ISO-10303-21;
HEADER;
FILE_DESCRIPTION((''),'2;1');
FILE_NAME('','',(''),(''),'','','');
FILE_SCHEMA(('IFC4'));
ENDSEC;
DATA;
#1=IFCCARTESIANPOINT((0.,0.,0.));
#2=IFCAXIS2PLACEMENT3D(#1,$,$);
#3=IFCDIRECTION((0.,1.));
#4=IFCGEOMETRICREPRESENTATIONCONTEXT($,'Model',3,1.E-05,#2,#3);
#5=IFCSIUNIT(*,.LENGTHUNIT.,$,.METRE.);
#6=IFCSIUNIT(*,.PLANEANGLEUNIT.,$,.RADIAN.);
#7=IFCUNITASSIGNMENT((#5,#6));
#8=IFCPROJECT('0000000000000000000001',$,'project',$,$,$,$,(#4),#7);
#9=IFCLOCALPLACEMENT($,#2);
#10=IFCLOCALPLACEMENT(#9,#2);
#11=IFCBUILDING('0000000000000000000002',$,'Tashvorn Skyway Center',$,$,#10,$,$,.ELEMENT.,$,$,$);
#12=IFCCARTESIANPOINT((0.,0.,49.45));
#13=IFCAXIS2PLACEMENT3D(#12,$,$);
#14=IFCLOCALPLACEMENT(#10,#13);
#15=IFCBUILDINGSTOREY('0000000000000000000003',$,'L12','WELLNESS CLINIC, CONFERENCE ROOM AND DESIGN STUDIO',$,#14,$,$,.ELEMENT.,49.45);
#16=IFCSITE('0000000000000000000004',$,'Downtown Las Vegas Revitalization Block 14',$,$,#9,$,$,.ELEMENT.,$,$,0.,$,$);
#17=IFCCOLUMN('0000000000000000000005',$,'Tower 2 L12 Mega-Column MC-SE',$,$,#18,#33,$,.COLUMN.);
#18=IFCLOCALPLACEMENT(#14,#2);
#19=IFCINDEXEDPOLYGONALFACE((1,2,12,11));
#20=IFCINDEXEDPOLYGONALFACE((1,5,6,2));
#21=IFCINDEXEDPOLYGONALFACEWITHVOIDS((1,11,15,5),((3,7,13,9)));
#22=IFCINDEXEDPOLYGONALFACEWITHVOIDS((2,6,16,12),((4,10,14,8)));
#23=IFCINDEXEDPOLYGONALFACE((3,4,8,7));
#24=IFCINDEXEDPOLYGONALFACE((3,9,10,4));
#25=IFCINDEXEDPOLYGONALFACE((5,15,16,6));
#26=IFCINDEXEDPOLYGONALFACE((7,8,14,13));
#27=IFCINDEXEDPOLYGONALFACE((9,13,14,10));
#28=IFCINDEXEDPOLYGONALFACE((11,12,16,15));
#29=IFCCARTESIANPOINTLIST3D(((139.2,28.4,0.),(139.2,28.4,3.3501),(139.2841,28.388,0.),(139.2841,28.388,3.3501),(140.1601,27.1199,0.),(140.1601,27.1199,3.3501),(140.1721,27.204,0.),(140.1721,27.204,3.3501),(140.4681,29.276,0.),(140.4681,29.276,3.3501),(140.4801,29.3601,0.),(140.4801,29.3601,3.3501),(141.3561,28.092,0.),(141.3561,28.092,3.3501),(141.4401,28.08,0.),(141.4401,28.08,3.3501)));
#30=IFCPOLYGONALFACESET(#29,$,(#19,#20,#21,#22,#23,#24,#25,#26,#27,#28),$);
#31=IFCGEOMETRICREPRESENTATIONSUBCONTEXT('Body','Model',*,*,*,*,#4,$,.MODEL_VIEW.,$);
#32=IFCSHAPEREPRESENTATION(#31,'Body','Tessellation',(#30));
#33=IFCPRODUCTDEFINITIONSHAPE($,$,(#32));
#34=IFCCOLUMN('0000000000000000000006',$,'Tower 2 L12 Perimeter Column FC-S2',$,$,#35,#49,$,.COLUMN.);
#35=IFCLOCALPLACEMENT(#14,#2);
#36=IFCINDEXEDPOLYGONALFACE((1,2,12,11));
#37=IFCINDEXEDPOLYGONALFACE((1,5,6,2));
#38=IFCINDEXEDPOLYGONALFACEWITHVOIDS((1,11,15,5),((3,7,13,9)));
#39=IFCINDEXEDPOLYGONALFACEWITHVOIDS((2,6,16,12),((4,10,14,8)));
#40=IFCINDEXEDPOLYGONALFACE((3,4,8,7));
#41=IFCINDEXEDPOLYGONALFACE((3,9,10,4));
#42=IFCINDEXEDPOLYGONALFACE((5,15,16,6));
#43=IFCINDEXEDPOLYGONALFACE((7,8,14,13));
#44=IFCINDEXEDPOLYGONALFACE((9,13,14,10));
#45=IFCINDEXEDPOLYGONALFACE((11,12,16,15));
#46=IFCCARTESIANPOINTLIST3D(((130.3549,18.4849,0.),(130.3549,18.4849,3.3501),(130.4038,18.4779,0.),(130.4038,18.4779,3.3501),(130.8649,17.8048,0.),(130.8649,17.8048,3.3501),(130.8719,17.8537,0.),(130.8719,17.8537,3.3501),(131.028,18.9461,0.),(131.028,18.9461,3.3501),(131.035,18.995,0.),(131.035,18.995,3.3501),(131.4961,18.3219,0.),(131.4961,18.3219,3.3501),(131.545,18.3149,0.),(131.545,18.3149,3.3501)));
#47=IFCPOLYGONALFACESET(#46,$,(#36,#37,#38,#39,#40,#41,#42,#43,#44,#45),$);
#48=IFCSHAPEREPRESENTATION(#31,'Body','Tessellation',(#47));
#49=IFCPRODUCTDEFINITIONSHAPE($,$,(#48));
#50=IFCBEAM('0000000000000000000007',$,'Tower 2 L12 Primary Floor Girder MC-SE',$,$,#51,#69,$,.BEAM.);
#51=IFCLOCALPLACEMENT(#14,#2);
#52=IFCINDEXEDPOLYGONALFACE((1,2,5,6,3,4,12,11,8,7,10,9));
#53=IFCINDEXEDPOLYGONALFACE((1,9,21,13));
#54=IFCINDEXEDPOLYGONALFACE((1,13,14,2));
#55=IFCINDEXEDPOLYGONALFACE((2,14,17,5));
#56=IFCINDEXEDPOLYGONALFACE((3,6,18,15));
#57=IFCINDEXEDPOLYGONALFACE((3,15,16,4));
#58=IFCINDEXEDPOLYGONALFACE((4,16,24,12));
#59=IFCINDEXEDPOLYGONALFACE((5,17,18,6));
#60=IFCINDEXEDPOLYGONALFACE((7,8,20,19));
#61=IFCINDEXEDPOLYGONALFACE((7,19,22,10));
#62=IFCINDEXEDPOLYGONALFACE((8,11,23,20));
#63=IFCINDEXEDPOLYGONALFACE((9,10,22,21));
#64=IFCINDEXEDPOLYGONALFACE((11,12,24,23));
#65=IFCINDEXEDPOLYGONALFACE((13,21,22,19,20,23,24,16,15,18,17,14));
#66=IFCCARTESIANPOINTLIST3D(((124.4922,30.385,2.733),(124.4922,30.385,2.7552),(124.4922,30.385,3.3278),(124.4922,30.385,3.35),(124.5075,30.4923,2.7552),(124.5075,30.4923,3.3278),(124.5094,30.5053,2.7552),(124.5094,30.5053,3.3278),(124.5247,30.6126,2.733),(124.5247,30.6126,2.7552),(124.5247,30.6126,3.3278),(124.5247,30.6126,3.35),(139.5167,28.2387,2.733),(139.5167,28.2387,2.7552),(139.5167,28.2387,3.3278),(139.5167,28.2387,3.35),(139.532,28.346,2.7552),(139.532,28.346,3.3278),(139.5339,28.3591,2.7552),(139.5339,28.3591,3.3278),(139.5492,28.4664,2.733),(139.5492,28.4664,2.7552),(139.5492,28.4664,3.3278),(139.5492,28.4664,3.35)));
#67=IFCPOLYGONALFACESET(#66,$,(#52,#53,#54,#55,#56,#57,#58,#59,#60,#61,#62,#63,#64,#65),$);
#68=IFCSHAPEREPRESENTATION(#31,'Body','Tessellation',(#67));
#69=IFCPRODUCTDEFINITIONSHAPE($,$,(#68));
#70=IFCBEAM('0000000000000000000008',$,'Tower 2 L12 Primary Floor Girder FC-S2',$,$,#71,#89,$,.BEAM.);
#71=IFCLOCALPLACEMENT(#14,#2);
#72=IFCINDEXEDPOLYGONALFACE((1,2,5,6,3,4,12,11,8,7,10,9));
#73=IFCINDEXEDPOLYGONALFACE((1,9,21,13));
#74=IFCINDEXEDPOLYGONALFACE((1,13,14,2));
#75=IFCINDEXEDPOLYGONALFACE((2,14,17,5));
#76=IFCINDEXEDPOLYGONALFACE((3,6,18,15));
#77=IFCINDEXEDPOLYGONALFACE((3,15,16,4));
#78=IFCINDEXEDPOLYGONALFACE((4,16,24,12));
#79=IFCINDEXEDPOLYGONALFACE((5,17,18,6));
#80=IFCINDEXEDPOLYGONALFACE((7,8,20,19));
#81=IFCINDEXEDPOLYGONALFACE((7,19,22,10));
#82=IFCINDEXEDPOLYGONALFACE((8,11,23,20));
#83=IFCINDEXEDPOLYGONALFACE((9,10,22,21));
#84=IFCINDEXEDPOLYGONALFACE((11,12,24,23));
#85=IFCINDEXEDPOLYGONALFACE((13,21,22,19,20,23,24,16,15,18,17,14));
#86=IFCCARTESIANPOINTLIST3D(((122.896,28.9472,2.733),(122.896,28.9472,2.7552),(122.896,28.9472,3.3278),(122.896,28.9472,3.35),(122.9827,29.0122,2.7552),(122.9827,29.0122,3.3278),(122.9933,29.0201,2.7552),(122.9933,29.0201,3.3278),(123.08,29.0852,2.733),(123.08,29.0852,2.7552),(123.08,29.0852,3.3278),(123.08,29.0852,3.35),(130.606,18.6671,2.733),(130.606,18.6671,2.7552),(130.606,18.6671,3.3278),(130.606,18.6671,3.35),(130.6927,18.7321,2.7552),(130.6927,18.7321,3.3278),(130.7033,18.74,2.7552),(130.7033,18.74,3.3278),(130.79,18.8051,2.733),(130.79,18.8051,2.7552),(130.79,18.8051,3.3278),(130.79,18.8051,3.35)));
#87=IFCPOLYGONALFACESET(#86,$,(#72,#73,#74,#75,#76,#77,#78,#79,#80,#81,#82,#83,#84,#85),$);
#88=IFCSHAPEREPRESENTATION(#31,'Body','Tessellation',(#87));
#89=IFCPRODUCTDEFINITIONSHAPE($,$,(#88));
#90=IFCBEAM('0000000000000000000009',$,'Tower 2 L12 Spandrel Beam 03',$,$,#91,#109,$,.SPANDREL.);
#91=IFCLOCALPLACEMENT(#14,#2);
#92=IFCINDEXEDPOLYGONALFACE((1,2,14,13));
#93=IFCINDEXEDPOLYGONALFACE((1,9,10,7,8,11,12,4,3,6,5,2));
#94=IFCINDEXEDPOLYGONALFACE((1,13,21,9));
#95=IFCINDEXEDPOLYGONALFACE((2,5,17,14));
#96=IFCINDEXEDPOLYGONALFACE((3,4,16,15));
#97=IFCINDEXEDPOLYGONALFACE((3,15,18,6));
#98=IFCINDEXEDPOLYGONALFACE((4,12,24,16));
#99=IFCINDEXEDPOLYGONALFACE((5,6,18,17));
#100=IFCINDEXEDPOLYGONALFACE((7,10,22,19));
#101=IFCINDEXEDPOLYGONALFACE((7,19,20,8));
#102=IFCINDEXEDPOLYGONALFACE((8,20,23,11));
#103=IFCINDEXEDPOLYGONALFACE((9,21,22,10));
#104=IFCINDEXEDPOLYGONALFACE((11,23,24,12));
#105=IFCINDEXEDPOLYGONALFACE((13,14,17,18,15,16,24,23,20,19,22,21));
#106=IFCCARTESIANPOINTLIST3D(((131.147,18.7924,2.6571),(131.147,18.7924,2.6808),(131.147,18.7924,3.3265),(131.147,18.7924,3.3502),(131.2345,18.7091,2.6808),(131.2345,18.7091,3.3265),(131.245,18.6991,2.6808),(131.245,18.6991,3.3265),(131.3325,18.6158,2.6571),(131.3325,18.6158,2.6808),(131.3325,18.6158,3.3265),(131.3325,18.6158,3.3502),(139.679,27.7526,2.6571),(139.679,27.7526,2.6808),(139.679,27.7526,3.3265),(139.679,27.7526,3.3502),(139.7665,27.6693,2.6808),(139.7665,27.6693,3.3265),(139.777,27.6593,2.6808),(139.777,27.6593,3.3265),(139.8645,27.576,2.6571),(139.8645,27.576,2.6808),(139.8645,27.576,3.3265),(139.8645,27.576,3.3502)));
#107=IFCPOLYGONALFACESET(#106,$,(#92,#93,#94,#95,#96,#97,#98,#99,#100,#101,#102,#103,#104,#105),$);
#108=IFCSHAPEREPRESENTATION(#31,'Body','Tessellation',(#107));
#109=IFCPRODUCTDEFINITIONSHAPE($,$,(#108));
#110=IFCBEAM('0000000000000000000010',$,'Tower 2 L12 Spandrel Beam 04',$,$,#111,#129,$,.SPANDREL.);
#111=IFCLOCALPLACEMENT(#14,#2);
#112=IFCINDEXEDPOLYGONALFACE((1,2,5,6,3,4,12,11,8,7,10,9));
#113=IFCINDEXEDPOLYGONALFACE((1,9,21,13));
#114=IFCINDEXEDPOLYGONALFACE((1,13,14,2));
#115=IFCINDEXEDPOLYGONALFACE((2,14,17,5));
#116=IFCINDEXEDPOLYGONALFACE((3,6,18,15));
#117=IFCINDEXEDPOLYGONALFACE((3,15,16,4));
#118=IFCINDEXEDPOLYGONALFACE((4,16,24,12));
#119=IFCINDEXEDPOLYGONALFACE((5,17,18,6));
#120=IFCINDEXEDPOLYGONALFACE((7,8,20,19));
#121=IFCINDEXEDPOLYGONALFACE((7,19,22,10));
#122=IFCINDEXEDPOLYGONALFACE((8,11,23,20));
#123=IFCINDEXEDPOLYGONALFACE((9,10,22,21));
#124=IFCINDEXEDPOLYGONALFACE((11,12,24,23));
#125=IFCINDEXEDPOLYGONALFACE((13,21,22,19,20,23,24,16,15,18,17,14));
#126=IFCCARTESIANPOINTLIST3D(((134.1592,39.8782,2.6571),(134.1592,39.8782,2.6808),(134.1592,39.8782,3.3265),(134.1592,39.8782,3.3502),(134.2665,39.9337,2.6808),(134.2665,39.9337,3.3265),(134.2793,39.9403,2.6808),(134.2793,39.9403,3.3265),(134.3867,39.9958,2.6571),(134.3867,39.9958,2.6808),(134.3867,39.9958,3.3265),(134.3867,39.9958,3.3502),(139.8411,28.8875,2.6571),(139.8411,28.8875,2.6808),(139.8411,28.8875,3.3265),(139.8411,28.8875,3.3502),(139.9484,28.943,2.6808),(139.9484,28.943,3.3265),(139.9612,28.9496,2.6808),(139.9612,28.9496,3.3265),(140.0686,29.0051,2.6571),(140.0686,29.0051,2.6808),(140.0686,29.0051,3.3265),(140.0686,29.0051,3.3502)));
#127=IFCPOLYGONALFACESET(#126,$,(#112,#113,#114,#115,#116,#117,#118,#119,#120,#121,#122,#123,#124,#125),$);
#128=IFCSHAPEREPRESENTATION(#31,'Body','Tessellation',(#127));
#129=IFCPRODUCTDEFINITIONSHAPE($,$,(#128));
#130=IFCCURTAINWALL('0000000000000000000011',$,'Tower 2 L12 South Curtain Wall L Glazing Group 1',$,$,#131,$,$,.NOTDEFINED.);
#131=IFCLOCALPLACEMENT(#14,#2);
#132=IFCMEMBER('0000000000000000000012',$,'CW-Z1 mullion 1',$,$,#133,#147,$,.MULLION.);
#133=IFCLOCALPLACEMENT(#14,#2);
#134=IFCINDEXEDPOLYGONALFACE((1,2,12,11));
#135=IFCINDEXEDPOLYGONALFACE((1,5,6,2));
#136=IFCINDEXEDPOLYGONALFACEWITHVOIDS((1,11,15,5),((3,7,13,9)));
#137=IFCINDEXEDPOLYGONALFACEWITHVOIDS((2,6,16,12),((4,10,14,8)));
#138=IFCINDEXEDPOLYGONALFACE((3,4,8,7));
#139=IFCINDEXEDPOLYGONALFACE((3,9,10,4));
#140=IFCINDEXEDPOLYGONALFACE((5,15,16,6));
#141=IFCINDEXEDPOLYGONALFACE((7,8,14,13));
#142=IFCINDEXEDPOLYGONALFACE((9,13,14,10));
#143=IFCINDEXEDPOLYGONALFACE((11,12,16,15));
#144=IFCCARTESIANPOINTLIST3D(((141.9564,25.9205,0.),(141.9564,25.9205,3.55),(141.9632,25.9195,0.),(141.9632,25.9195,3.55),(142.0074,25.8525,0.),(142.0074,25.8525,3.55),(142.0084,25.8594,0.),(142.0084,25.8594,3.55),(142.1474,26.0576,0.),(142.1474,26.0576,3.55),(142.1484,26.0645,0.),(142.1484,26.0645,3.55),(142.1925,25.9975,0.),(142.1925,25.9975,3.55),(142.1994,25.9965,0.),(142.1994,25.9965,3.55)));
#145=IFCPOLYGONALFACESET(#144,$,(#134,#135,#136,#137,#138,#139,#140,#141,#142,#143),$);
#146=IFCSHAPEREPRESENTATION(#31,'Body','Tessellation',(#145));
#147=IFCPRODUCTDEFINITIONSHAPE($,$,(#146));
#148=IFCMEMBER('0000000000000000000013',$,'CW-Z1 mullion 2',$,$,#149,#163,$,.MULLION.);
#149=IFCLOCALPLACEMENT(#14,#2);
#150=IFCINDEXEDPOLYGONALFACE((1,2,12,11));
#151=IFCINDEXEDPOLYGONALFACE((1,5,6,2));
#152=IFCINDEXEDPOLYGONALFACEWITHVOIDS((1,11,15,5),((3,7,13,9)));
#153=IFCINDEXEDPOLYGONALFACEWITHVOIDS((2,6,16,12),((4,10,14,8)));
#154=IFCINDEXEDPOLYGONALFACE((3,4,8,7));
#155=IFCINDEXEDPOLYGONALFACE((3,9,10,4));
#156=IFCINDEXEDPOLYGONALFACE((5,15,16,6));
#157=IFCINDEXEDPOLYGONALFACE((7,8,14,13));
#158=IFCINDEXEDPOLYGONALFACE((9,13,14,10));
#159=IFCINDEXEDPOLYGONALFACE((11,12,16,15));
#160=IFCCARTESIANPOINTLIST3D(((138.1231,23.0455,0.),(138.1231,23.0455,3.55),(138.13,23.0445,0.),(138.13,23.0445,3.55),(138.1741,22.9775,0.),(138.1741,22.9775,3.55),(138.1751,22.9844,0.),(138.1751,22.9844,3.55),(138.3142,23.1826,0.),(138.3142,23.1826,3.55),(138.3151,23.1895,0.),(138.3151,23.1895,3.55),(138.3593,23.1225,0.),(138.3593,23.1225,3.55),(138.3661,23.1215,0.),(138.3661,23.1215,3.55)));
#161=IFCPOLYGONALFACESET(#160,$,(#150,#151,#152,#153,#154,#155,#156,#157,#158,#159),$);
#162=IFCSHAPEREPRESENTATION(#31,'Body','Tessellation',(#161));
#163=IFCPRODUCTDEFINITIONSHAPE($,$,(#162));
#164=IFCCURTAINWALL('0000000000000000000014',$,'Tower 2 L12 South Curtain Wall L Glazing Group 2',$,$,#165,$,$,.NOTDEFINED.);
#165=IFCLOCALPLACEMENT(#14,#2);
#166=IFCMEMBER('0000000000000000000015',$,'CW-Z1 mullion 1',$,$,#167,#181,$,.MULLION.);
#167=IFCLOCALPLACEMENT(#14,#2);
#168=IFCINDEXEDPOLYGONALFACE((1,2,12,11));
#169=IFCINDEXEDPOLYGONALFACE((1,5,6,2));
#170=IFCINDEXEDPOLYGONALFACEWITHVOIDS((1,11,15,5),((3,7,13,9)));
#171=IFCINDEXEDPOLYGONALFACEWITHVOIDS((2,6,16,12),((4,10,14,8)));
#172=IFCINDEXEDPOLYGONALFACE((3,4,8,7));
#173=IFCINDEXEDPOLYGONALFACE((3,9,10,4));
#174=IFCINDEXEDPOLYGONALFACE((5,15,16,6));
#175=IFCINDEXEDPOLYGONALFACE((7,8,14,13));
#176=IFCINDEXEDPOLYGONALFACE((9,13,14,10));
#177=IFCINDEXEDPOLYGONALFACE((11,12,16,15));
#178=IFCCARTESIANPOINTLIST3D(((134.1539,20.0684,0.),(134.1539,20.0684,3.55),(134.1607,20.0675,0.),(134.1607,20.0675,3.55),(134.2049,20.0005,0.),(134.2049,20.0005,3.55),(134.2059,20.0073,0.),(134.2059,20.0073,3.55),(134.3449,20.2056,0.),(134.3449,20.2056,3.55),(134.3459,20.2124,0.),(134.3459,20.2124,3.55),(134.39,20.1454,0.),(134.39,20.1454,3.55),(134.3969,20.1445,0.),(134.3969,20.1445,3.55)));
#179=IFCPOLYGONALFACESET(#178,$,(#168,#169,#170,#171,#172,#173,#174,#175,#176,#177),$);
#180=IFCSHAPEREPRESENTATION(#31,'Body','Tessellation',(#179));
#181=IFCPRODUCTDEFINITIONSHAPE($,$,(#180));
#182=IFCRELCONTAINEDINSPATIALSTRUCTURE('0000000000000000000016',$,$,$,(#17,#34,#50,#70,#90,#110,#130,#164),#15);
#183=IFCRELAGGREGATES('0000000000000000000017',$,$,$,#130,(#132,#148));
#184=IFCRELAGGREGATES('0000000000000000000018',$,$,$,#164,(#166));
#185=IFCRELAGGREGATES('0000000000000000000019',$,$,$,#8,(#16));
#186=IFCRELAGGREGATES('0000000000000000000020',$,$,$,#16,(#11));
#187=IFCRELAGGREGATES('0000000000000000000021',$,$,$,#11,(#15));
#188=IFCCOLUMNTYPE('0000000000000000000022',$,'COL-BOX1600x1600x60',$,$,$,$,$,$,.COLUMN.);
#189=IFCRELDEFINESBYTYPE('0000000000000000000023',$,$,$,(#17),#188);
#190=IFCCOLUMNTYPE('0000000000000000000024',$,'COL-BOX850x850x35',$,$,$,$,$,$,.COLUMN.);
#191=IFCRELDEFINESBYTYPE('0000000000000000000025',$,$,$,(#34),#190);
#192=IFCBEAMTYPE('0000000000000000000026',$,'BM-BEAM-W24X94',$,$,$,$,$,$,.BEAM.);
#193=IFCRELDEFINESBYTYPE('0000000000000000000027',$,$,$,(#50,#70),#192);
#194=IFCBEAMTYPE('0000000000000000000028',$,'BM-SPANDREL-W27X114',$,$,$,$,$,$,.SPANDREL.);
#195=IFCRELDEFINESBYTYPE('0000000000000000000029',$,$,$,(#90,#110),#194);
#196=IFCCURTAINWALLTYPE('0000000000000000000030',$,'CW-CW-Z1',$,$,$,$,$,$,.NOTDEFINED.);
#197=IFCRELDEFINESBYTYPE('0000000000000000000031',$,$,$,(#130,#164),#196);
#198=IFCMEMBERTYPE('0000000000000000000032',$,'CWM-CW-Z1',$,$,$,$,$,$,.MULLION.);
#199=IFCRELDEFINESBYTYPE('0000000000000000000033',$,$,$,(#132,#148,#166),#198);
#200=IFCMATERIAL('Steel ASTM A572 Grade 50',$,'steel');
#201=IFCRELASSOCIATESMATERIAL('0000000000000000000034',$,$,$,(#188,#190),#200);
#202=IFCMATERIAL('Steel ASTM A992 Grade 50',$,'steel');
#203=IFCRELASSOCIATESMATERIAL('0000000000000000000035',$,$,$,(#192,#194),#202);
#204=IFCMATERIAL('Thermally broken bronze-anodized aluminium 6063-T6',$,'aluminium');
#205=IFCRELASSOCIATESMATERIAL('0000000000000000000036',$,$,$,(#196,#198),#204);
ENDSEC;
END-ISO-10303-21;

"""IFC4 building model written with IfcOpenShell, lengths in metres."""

from ifc_helpers import new_model, si_unit, direction, frame, origin, origin_2d, place, context, subcontext, project, spatial, hollow_rectangle, i_section, extrude, material, material_profile, profile_set, type_object, element, aggregate, save


model = new_model("IFC4")

# Units and contexts
model_context = context("Model", 3, precision=1e-05, world=origin(), true_north=direction((0.0, 1.0)))
body_context = subcontext(model_context, "Body", "Model", "MODEL_VIEW")
ifc_project = project(units=[si_unit("LENGTHUNIT", "METRE"), si_unit("PLANEANGLEUNIT", "RADIAN")], contexts=[model_context])

# Site, building, storey
site_placement = place(None, origin())
site = spatial("IfcSite", under=ifc_project, at=site_placement, Name="Downtown Las Vegas Revitalization Block 14", CompositionType="ELEMENT", RefElevation=0.0)
building_placement = place(site_placement, origin())
building = spatial("IfcBuilding", under=site, at=building_placement, Name="Tashvorn Skyway Center", CompositionType="ELEMENT")
storey_placement = place(building_placement, frame((0.0, 0.0, 49.45)))
storey = spatial("IfcBuildingStorey", under=building, at=storey_placement, Name="L12", Description="WELLNESS CLINIC, CONFERENCE ROOM AND DESIGN STUDIO", CompositionType="ELEMENT", Elevation=49.45)

# Columns
ifc_material_1 = material(Name="Steel ASTM A572 Grade 50", Category="steel")
ifc_material_profile_1 = material_profile(ifc_material_1, hollow_rectangle(XDim=1.6001, YDim=1.6001, WallThickness=0.0601, at=origin_2d()), Name="BOX1600x1600x60")
ifc_profile_set_1 = profile_set([ifc_material_profile_1], Name="Steel ASTM A572 Grade 50")
column_type_1 = type_object("IfcColumnType", Name="COL-BOX1600x1600x60", PredefinedType="COLUMN", material=ifc_profile_set_1)
column_1_placement = place(storey_placement, frame((140.3201, 28.24, 0.0), z_axis=(0.0, 0.0, 1.0), x_axis=(0.8, 0.6, 0.0)))
element("IfcColumn", 1, at=column_1_placement, inside=storey, type_object=column_type_1, Name="Tower 2 L12 Mega-Column MC-SE", PredefinedType="COLUMN", context=body_context, shape_type="SweptSolid", body=[
    extrude(hollow_rectangle(XDim=1.6001, YDim=1.6001, WallThickness=0.0601, at=origin_2d()), origin(), (0.0, 0.0, 1.0), 3.3501),
])
ifc_material_profile_2 = material_profile(ifc_material_1, hollow_rectangle(XDim=0.8501, YDim=0.8501, WallThickness=0.0349, at=origin_2d()), Name="BOX850x850x35")
ifc_profile_set_2 = profile_set([ifc_material_profile_2], Name="Steel ASTM A572 Grade 50")
column_type_2 = type_object("IfcColumnType", Name="COL-BOX850x850x35", PredefinedType="COLUMN", material=ifc_profile_set_2)
column_2_placement = place(storey_placement, frame((130.95, 18.3999, 0.0), z_axis=(0.0, 0.0, 1.0), x_axis=(0.8, 0.6, 0.0)))
element("IfcColumn", 2, at=column_2_placement, inside=storey, type_object=column_type_2, Name="Tower 2 L12 Perimeter Column FC-S2", PredefinedType="COLUMN", context=body_context, shape_type="SweptSolid", body=[
    extrude(hollow_rectangle(XDim=0.8501, YDim=0.8501, WallThickness=0.0349, at=origin_2d()), origin(), (0.0, 0.0, 1.0), 3.3501),
])

# Beams
ifc_material_2 = material(Name="Steel ASTM A992 Grade 50", Category="steel")
ifc_material_profile_3 = material_profile(ifc_material_2, i_section(OverallWidth=0.23, OverallDepth=0.6169, WebThickness=0.0132, FlangeThickness=0.0222, at=origin_2d()), Name="W24X94")
ifc_profile_set_3 = profile_set([ifc_material_profile_3], Name="Steel ASTM A992 Grade 50")
beam_type_1 = type_object("IfcBeamType", Name="BM-BEAM-W24X94", PredefinedType="BEAM", material=ifc_profile_set_3)
beam_1_placement = place(storey_placement, frame((139.533, 28.3525, 3.0415), z_axis=(-0.98995, 0.141415, 0.0), x_axis=(-0.141415, -0.98995, 0.0)))
element("IfcBeam", 3, at=beam_1_placement, inside=storey, type_object=beam_type_1, Name="Tower 2 L12 Primary Floor Girder MC-SE", PredefinedType="BEAM", context=body_context, shape_type="SweptSolid", body=[
    extrude(i_section(OverallWidth=0.23, OverallDepth=0.6169, WebThickness=0.0132, FlangeThickness=0.0222, at=origin_2d()), origin(), (0.0, 0.0, 1.0), 15.177),
])
beam_2_placement = place(storey_placement, frame((130.698, 18.7361, 3.0415), z_axis=(-0.599997, 0.800002, 0.0), x_axis=(-0.800002, -0.599997, 0.0)))
element("IfcBeam", 4, at=beam_2_placement, inside=storey, type_object=beam_type_1, Name="Tower 2 L12 Primary Floor Girder FC-S2", PredefinedType="BEAM", context=body_context, shape_type="SweptSolid", body=[
    extrude(i_section(OverallWidth=0.23, OverallDepth=0.6169, WebThickness=0.0132, FlangeThickness=0.0222, at=origin_2d()), origin(), (0.0, 0.0, 1.0), 12.8501),
])
ifc_material_profile_4 = material_profile(ifc_material_2, i_section(OverallWidth=0.2561, OverallDepth=0.6931, WebThickness=0.0144, FlangeThickness=0.0237, at=origin_2d()), Name="W27X114")
ifc_profile_set_4 = profile_set([ifc_material_profile_4], Name="Steel ASTM A992 Grade 50")
beam_type_2 = type_object("IfcBeamType", Name="BM-SPANDREL-W27X114", PredefinedType="SPANDREL", material=ifc_profile_set_4)
for number, where, z_axis, x_axis, name in (
    (5, (131.2397, 18.7041, 3.0037), (0.68959, 0.7242, 0.0), (-0.7242, 0.68959, 0.0), "Tower 2 L12 Spandrel Beam 03"),
    (6, (139.9548, 28.9463, 3.0037), (-0.459233, 0.888316, 0.0), (-0.888316, -0.459233, 0.0), "Tower 2 L12 Spandrel Beam 04"),
):
    element("IfcBeam", number, at=place(storey_placement, frame(where, z_axis=z_axis, x_axis=x_axis)), inside=storey, type_object=beam_type_2, Name=name, PredefinedType="SPANDREL", context=body_context, shape_type="SweptSolid", body=[
        extrude(i_section(OverallWidth=0.2561, OverallDepth=0.6931, WebThickness=0.0144, FlangeThickness=0.0237, at=origin_2d()), origin(), (0.0, 0.0, 1.0), 12.3726),
    ])

# Curtain walls, members
ifc_material_3 = material(Name="Thermally broken bronze-anodized aluminium 6063-T6", Category="aluminium")
curtain_wall_type = type_object("IfcCurtainWallType", Name="CW-CW-Z1", PredefinedType="NOTDEFINED", material=ifc_material_3)
curtain_wall_1_placement = place(storey_placement, origin())
curtain_wall_1 = element("IfcCurtainWall", 7, at=curtain_wall_1_placement, inside=storey, type_object=curtain_wall_type, Name="Tower 2 L12 South Curtain Wall L Glazing Group 1", PredefinedType="NOTDEFINED")
ifc_material_profile_5 = material_profile(ifc_material_3, hollow_rectangle(XDim=0.085, YDim=0.24, WallThickness=0.0049, at=origin_2d()), Name="ALU-MULL-85x240")
ifc_profile_set_5 = profile_set([ifc_material_profile_5], Name="Thermally broken bronze-anodized aluminium 6063-T6")
member_type_1 = type_object("IfcMemberType", Name="CWM-CW-Z1", PredefinedType="MULLION", material=ifc_profile_set_5)
member_1_placement = place(storey_placement, frame((142.0779, 25.9585, 0.0), z_axis=(0.0, 0.0, 1.0), x_axis=(0.600003, -0.799998, 0.0)))
member_1 = element("IfcMember", 8, at=member_1_placement, type_object=member_type_1, Name="CW-Z1 mullion 1", PredefinedType="MULLION", context=body_context, shape_type="SweptSolid", body=[
    extrude(hollow_rectangle(XDim=0.085, YDim=0.24, WallThickness=0.0049, at=origin_2d()), origin(), (0.0, 0.0, 1.0), 3.55),
])
member_2_placement = place(storey_placement, frame((138.2446, 23.0835, 0.0), z_axis=(0.0, 0.0, 1.0), x_axis=(0.600003, -0.799998, 0.0)))
member_2 = element("IfcMember", 9, at=member_2_placement, type_object=member_type_1, Name="CW-Z1 mullion 2", PredefinedType="MULLION", context=body_context, shape_type="SweptSolid", body=[
    extrude(hollow_rectangle(XDim=0.085, YDim=0.24, WallThickness=0.0049, at=origin_2d()), origin(), (0.0, 0.0, 1.0), 3.55),
])
curtain_wall_2_placement = place(storey_placement, origin())
curtain_wall_2 = element("IfcCurtainWall", 10, at=curtain_wall_2_placement, inside=storey, type_object=curtain_wall_type, Name="Tower 2 L12 South Curtain Wall L Glazing Group 2", PredefinedType="NOTDEFINED")
member_3_placement = place(storey_placement, frame((134.2754, 20.1064, 0.0), z_axis=(0.0, 0.0, 1.0), x_axis=(0.600003, -0.799998, 0.0)))
member_3 = element("IfcMember", 11, at=member_3_placement, type_object=member_type_1, Name="CW-Z1 mullion 1", PredefinedType="MULLION", context=body_context, shape_type="SweptSolid", body=[
    extrude(hollow_rectangle(XDim=0.085, YDim=0.24, WallThickness=0.0049, at=origin_2d()), origin(), (0.0, 0.0, 1.0), 3.55),
])

aggregate(curtain_wall_1, [member_1, member_2])
aggregate(curtain_wall_2, [member_3])

save(model, "model.ifc")
